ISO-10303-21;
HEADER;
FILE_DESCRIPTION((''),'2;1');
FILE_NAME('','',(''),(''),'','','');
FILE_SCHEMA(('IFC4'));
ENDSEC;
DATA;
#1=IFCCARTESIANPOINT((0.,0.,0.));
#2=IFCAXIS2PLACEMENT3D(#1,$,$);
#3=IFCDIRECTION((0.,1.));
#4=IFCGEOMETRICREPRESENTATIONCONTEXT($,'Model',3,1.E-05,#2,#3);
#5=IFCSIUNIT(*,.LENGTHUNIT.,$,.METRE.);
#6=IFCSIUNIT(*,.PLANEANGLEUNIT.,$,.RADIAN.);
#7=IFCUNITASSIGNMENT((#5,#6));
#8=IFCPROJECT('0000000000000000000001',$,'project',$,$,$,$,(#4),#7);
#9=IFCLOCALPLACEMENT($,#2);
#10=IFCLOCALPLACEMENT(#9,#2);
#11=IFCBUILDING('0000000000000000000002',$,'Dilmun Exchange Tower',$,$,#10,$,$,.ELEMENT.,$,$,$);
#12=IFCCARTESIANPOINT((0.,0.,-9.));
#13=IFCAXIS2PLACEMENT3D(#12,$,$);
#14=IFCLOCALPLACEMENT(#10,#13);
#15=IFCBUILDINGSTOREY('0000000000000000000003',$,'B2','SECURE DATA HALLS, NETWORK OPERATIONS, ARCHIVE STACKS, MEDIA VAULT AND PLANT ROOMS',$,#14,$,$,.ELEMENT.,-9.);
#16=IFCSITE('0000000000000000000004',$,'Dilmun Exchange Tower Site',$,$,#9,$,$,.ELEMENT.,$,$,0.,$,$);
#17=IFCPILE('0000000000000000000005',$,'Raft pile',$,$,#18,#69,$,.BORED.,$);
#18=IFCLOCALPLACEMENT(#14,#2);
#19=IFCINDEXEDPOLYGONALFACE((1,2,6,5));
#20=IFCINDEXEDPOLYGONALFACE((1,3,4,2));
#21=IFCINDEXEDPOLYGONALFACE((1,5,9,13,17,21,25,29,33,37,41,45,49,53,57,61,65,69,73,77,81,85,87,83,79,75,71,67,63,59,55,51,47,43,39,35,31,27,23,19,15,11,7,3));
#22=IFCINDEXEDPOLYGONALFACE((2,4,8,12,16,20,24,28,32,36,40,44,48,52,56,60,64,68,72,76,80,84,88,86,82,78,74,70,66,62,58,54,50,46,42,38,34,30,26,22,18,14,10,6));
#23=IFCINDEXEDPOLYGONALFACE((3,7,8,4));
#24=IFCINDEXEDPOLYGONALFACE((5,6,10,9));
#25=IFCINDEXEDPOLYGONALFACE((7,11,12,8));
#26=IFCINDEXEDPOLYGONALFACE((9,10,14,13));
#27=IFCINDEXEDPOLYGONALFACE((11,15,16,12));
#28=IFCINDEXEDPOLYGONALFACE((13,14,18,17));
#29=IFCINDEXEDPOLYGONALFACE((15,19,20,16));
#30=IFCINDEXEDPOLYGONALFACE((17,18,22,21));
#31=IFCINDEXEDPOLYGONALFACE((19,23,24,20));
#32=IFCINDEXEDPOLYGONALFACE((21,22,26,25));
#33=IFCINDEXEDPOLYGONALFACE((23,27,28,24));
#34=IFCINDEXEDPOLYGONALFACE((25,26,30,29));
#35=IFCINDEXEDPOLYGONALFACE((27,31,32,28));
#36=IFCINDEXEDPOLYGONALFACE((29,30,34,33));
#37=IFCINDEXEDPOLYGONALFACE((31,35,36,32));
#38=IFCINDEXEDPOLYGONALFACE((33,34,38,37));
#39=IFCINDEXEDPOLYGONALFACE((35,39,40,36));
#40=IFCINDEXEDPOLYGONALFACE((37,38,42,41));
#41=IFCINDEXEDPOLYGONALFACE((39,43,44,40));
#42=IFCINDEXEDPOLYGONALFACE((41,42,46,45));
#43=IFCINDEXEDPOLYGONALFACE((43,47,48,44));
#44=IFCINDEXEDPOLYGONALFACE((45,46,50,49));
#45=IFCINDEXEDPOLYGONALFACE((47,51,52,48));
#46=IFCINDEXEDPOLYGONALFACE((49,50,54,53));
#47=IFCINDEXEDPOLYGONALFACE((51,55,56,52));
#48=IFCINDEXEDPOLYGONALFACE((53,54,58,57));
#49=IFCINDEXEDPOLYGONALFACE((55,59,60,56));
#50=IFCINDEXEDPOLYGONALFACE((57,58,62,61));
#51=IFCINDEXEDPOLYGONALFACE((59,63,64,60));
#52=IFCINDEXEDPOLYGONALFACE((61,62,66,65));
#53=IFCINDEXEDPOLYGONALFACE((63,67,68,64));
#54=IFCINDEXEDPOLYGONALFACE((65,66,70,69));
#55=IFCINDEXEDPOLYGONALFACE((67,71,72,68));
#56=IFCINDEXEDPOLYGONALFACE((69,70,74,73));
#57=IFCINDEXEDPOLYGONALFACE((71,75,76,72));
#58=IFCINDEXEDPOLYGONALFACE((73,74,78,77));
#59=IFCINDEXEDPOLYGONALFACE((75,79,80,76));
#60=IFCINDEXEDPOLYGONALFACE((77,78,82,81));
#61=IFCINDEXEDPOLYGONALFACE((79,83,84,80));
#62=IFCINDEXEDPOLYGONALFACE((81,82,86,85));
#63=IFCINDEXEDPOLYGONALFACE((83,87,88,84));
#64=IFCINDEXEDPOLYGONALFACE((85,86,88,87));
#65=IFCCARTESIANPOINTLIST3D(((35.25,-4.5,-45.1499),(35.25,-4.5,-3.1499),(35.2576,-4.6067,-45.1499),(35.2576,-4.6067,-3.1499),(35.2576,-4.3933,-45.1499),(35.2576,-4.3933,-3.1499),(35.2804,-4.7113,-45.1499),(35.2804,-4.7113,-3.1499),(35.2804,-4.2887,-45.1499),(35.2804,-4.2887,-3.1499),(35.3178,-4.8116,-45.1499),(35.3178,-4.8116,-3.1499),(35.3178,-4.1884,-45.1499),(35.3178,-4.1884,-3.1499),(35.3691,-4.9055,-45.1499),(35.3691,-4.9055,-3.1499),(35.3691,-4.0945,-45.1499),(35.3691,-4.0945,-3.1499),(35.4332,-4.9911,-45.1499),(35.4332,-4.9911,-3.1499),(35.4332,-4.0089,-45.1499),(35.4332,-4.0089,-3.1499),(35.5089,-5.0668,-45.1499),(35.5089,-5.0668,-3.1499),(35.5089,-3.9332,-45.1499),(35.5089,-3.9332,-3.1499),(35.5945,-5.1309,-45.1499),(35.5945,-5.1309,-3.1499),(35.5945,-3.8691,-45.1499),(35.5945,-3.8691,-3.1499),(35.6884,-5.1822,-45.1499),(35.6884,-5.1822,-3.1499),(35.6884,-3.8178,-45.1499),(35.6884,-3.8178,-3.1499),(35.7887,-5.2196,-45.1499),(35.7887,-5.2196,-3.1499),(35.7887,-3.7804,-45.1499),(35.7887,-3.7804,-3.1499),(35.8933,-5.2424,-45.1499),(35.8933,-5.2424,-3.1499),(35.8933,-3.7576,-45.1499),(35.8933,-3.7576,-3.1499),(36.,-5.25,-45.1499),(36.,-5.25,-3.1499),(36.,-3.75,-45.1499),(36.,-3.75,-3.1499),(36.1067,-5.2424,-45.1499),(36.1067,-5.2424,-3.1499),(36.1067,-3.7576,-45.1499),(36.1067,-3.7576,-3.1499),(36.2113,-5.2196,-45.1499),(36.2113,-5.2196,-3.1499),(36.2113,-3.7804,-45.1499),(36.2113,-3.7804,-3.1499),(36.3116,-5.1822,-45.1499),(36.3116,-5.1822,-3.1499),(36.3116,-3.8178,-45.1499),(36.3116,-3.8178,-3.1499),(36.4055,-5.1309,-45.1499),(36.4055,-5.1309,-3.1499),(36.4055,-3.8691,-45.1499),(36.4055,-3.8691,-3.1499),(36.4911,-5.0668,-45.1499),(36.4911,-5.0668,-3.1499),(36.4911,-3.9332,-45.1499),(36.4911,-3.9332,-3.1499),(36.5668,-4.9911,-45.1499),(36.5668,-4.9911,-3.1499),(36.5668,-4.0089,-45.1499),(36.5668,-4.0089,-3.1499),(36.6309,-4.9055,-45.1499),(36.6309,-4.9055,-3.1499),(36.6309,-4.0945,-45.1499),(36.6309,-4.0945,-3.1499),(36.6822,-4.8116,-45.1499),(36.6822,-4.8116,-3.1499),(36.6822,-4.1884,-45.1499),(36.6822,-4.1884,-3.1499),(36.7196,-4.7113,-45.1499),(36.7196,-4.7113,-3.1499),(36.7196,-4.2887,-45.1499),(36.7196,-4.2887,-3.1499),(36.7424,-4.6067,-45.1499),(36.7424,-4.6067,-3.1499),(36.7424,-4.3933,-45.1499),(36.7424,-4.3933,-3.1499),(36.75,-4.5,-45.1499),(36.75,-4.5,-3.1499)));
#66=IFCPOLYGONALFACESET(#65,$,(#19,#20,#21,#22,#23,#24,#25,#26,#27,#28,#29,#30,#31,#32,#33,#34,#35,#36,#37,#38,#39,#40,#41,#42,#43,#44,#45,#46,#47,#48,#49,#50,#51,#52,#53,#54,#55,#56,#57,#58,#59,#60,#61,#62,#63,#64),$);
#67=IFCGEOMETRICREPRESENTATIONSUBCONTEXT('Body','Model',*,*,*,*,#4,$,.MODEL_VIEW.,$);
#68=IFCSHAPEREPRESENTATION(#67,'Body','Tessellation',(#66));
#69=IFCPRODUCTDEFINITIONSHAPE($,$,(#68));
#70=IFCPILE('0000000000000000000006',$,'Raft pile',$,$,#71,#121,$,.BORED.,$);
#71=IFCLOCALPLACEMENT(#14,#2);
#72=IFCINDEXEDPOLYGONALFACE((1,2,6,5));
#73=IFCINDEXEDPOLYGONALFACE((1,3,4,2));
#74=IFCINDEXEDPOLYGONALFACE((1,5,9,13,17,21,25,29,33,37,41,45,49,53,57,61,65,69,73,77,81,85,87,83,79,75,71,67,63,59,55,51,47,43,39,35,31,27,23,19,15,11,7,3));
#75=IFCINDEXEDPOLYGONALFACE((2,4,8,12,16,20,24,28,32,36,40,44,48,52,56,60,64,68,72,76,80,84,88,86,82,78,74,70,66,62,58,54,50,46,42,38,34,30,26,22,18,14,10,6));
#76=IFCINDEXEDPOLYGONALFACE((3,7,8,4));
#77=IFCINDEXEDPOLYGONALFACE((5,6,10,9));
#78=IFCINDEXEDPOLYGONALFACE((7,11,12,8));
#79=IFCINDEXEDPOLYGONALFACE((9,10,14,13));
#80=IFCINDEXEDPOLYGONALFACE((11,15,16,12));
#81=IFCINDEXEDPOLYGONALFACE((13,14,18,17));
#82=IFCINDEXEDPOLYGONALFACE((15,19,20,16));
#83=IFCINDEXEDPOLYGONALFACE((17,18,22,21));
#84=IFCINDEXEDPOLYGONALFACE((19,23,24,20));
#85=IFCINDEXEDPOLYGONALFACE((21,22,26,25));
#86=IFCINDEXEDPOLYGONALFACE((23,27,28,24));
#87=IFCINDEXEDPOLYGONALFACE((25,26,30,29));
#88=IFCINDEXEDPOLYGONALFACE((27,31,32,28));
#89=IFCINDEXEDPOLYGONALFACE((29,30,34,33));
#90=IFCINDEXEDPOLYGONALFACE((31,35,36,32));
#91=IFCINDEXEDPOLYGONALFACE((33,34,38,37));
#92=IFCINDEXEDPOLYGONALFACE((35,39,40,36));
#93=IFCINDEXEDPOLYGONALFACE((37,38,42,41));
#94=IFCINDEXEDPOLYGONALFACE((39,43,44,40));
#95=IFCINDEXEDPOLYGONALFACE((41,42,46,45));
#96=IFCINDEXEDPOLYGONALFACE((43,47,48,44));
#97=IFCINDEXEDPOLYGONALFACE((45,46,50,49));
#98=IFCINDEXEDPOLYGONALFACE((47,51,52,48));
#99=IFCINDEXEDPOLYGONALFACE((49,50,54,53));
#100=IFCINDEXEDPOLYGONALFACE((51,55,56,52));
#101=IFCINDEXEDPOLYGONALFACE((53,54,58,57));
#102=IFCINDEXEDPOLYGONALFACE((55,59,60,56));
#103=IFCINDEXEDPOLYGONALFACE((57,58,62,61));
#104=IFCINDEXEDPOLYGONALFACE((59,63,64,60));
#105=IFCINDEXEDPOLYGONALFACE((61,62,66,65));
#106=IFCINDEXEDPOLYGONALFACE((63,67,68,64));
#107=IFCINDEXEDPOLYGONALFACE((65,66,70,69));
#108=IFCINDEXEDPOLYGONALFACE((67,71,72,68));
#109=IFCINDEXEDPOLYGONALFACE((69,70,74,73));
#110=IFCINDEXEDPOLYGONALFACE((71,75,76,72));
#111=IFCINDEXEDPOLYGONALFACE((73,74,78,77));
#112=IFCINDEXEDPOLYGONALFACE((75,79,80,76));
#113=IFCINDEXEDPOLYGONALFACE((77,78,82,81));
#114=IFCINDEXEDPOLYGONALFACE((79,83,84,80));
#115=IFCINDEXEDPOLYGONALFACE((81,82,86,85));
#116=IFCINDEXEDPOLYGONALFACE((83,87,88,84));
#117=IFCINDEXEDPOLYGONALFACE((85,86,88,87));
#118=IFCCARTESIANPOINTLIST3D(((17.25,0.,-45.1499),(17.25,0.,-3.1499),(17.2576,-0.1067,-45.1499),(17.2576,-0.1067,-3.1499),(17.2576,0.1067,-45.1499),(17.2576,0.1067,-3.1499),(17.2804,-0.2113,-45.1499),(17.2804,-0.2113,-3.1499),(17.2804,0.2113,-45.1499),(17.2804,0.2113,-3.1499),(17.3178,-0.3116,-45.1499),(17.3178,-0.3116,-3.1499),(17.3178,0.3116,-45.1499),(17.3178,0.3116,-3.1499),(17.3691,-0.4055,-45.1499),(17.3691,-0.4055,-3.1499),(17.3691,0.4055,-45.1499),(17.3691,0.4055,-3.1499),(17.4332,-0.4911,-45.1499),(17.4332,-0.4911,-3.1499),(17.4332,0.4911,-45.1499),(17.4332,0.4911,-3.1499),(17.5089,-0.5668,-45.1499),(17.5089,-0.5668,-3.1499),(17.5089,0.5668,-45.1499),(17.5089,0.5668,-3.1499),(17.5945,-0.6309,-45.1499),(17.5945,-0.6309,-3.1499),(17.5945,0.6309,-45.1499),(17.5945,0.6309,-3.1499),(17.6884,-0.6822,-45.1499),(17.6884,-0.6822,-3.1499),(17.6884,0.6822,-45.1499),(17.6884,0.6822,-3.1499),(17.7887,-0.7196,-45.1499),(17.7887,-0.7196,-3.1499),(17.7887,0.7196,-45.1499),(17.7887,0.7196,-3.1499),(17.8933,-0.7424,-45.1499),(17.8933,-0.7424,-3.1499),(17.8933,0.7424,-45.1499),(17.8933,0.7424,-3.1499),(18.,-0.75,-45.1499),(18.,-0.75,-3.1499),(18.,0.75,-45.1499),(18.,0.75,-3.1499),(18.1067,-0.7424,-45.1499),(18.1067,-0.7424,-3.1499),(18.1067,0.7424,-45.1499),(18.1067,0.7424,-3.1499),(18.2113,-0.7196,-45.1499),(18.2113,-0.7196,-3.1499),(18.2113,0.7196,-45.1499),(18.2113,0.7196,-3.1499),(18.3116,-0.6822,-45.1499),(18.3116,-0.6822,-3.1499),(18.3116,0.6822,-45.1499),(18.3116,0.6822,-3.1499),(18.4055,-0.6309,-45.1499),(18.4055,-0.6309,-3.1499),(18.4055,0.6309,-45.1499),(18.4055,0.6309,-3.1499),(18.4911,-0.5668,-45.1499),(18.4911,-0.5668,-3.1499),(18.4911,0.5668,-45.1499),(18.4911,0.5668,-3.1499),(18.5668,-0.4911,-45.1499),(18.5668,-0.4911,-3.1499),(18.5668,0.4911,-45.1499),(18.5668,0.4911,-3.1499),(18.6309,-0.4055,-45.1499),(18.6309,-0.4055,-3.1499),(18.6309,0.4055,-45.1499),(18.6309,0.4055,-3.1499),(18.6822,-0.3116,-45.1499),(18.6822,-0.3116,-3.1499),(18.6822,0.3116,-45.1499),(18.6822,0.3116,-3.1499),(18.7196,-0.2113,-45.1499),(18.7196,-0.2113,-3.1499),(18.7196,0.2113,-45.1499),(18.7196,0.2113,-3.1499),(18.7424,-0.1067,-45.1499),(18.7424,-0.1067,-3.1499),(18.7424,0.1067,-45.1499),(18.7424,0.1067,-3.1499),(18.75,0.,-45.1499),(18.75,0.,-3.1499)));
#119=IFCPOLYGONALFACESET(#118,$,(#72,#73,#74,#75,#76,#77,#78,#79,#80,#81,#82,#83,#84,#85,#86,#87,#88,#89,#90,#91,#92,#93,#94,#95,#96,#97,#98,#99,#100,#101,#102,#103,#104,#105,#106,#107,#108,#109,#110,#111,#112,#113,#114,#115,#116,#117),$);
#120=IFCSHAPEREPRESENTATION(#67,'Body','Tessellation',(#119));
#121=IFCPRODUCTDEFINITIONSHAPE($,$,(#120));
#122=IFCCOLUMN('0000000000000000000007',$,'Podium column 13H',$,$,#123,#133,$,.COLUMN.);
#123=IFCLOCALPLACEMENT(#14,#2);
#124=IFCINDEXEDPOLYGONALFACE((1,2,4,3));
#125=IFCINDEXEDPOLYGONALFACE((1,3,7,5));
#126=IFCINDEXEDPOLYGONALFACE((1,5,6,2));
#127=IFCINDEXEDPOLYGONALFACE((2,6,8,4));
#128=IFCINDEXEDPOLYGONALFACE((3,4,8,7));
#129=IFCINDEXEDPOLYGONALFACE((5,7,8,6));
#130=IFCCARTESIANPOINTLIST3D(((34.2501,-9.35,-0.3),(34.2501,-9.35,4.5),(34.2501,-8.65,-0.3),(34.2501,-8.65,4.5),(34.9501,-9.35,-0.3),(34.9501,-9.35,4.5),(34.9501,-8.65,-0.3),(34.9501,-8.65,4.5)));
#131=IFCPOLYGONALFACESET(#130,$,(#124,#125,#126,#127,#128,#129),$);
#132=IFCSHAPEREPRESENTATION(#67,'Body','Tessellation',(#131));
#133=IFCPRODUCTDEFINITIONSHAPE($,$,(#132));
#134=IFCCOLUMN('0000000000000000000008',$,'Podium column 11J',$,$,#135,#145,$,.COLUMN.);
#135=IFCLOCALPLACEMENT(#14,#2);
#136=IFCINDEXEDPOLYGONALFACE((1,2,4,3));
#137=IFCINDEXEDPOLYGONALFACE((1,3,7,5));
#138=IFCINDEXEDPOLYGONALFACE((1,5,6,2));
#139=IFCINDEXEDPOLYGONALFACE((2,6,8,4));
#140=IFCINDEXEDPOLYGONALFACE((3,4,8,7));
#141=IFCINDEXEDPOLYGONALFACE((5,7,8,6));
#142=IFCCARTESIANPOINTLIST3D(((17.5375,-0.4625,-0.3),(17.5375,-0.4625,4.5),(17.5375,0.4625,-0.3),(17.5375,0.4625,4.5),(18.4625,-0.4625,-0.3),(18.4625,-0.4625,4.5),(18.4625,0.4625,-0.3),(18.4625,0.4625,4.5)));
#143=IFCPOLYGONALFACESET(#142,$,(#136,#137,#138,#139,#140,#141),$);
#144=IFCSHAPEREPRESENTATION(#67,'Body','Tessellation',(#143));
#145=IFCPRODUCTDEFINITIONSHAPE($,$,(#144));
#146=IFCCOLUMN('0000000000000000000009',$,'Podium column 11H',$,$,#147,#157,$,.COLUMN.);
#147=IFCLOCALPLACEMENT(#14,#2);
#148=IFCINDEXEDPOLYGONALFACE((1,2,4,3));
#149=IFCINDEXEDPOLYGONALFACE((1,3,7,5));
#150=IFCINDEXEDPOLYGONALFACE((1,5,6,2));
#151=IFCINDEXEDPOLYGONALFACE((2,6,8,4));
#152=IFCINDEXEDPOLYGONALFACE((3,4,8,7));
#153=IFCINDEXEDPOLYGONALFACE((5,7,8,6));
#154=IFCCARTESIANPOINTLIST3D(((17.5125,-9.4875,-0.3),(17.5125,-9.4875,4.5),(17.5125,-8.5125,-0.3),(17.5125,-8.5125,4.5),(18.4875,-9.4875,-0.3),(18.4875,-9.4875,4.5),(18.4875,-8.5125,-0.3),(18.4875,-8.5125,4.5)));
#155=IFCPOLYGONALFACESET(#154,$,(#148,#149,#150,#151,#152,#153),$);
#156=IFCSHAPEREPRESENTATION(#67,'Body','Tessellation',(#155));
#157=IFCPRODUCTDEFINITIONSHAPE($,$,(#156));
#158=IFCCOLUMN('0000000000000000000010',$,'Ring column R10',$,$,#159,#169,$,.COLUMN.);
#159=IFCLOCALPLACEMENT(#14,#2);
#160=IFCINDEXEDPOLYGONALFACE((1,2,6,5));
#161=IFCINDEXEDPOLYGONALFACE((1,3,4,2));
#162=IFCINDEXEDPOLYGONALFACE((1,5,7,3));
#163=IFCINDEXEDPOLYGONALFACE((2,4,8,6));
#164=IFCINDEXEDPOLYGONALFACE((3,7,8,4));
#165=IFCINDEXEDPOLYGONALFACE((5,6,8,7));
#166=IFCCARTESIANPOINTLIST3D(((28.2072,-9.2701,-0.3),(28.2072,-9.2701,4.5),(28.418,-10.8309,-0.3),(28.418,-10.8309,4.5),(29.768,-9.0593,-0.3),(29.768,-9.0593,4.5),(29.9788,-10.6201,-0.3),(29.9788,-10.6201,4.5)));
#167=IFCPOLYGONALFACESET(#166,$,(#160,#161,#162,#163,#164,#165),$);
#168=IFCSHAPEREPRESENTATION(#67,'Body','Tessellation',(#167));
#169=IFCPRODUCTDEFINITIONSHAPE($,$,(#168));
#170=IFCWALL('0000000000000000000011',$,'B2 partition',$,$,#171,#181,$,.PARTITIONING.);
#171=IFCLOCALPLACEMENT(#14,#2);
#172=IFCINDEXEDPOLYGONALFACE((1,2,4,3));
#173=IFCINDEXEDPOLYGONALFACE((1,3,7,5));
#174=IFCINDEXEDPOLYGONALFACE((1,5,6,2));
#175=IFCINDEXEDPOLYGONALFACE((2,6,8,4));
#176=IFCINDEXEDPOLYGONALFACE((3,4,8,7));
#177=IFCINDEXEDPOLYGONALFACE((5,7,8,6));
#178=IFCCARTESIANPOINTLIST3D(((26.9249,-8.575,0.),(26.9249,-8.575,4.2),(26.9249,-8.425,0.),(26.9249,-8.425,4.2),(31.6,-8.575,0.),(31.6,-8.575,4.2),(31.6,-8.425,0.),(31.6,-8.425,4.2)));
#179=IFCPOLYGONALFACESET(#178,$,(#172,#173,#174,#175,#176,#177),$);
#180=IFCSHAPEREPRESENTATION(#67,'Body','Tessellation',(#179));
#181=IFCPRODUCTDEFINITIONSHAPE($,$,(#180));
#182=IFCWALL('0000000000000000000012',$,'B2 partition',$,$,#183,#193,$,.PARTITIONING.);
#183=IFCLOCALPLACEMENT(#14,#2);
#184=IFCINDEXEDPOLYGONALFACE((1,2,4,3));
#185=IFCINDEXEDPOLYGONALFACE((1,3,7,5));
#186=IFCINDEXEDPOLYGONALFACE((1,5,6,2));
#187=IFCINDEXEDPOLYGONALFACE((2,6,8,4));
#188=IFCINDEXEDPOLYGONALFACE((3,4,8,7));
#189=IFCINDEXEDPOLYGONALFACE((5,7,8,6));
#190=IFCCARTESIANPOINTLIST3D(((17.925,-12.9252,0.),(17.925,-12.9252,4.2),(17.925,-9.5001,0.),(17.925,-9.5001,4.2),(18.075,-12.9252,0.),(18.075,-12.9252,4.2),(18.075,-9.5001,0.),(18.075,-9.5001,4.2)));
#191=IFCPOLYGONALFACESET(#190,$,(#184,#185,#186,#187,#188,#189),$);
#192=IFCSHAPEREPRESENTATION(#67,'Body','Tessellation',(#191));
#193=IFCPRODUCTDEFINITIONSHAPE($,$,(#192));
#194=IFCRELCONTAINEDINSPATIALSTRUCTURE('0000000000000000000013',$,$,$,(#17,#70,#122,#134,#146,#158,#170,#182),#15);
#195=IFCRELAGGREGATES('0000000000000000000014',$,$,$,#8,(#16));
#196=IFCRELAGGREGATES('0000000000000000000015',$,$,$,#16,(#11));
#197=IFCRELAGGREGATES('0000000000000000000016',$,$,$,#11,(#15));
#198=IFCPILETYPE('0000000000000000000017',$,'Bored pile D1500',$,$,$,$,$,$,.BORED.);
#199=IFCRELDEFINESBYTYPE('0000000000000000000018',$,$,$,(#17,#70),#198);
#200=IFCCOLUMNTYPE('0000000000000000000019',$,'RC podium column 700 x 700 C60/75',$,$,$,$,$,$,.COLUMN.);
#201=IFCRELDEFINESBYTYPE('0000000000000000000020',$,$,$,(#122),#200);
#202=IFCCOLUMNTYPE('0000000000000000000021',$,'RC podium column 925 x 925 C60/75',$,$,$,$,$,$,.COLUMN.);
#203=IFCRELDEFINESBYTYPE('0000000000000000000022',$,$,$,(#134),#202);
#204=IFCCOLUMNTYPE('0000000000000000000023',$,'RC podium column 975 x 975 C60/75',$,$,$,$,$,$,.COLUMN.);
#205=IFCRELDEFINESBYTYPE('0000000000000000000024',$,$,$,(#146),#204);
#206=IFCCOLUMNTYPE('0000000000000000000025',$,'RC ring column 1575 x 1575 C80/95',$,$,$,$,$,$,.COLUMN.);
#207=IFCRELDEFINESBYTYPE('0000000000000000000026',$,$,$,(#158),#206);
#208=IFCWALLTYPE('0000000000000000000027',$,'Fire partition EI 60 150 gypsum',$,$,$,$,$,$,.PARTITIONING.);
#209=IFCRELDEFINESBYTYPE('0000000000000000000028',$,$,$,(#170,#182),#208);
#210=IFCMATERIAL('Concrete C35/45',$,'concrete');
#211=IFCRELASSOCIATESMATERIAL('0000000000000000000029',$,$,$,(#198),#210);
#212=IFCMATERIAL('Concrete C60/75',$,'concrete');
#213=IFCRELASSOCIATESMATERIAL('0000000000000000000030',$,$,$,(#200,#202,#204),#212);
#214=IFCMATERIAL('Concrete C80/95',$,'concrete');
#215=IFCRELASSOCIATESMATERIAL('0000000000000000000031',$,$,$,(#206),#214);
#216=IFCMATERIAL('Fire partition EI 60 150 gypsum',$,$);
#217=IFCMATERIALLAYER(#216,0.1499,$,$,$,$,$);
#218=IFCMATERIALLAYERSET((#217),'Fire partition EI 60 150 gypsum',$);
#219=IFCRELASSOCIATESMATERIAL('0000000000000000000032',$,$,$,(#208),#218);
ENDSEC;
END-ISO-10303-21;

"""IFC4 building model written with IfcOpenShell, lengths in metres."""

from ifc_helpers import new_model, si_unit, direction, frame, frame_2d, origin, origin_2d, place, context, subcontext, project, spatial, rectangle, circle, extrude, material, layer, layer_set, material_profile, profile_set, type_object, element, save


model = new_model("IFC4")

# Units and contexts
model_context = context("Model", 3, precision=1e-05, world=origin(), true_north=direction((0.0, 1.0)))
body_context = subcontext(model_context, "Body", "Model", "MODEL_VIEW")
ifc_project = project(units=[si_unit("LENGTHUNIT", "METRE"), si_unit("PLANEANGLEUNIT", "RADIAN")], contexts=[model_context])

# Site, building, storey
site_placement = place(None, origin())
site = spatial("IfcSite", under=ifc_project, at=site_placement, Name="Dilmun Exchange Tower Site", CompositionType="ELEMENT", RefElevation=0.0)
building_placement = place(site_placement, origin())
building = spatial("IfcBuilding", under=site, at=building_placement, Name="Dilmun Exchange Tower", CompositionType="ELEMENT")
storey_placement = place(building_placement, frame((0.0, 0.0, -9.0)))
storey = spatial("IfcBuildingStorey", under=building, at=storey_placement, Name="B2", Description="SECURE DATA HALLS, NETWORK OPERATIONS, ARCHIVE STACKS, MEDIA VAULT AND PLANT ROOMS", CompositionType="ELEMENT", Elevation=-9.0)

# Piles
ifc_material_1 = material(Name="Concrete C35/45", Category="concrete")
ifc_material_profile_1 = material_profile(ifc_material_1, circle(Radius=0.75, at=origin_2d()), Name="D1500")
ifc_profile_set_1 = profile_set([ifc_material_profile_1], Name="Concrete C35/45")
pile_type = type_object("IfcPileType", Name="Bored pile D1500", PredefinedType="BORED", material=ifc_profile_set_1)
for number, where, z_axis, x_axis, name in (
    (1, (36.0, -4.5, -3.1499), (0.0, 0.0, -1.0), (1.0, 0.0, 0.0), "Raft pile"),
    (2, (18.0, 0.0, -3.1499), (0.0, 0.0, -1.0), (1.0, 0.0, 0.0), "Raft pile"),
):
    element("IfcPile", number, at=place(storey_placement, frame(where, z_axis=z_axis, x_axis=x_axis)), inside=storey, type_object=pile_type, Name=name, PredefinedType="BORED", context=body_context, shape_type="SweptSolid", body=[
        extrude(circle(Radius=0.75, at=origin_2d()), origin(), (0.0, 0.0, 1.0), 42.0),
    ])

# Columns
ifc_material_2 = material(Name="Concrete C60/75", Category="concrete")
ifc_material_profile_2 = material_profile(ifc_material_2, rectangle(XDim=0.7, YDim=0.7, at=origin_2d()), Name="700 x 700")
ifc_profile_set_2 = profile_set([ifc_material_profile_2], Name="Concrete C60/75")
column_type_1 = type_object("IfcColumnType", Name="RC podium column 700 x 700 C60/75", PredefinedType="COLUMN", material=ifc_profile_set_2)
column_1_placement = place(storey_placement, frame((34.6001, -9.0, -0.3), z_axis=(0.0, 0.0, 1.0), x_axis=(1.0, 0.0, 0.0)))
element("IfcColumn", 3, at=column_1_placement, inside=storey, type_object=column_type_1, Name="Podium column 13H", PredefinedType="COLUMN", context=body_context, shape_type="SweptSolid", body=[
    extrude(rectangle(XDim=0.7, YDim=0.7, at=origin_2d()), origin(), (0.0, 0.0, 1.0), 4.8),
])
ifc_material_profile_3 = material_profile(ifc_material_2, rectangle(XDim=0.925, YDim=0.925, at=origin_2d()), Name="925 x 925")
ifc_profile_set_3 = profile_set([ifc_material_profile_3], Name="Concrete C60/75")
column_type_2 = type_object("IfcColumnType", Name="RC podium column 925 x 925 C60/75", PredefinedType="COLUMN", material=ifc_profile_set_3)
column_2_placement = place(storey_placement, frame((18.0, 0.0, -0.3), z_axis=(0.0, 0.0, 1.0), x_axis=(1.0, 0.0, 0.0)))
element("IfcColumn", 4, at=column_2_placement, inside=storey, type_object=column_type_2, Name="Podium column 11J", PredefinedType="COLUMN", context=body_context, shape_type="SweptSolid", body=[
    extrude(rectangle(XDim=0.925, YDim=0.925, at=origin_2d()), origin(), (0.0, 0.0, 1.0), 4.8),
])
ifc_material_profile_4 = material_profile(ifc_material_2, rectangle(XDim=0.9751, YDim=0.9751, at=origin_2d()), Name="975 x 975")
ifc_profile_set_4 = profile_set([ifc_material_profile_4], Name="Concrete C60/75")
column_type_3 = type_object("IfcColumnType", Name="RC podium column 975 x 975 C60/75", PredefinedType="COLUMN", material=ifc_profile_set_4)
column_3_placement = place(storey_placement, frame((18.0, -9.0, -0.3), z_axis=(0.0, 0.0, 1.0), x_axis=(1.0, 0.0, 0.0)))
element("IfcColumn", 5, at=column_3_placement, inside=storey, type_object=column_type_3, Name="Podium column 11H", PredefinedType="COLUMN", context=body_context, shape_type="SweptSolid", body=[
    extrude(rectangle(XDim=0.9751, YDim=0.9751, at=origin_2d()), origin(), (0.0, 0.0, 1.0), 4.8),
])
ifc_material_3 = material(Name="Concrete C80/95", Category="concrete")
ifc_material_profile_5 = material_profile(ifc_material_3, rectangle(XDim=1.575, YDim=1.575, at=origin_2d()), Name="1575 x 1575")
ifc_profile_set_5 = profile_set([ifc_material_profile_5], Name="Concrete C80/95")
column_type_4 = type_object("IfcColumnType", Name="RC ring column 1575 x 1575 C80/95", PredefinedType="COLUMN", material=ifc_profile_set_5)
column_4_placement = place(storey_placement, frame((29.093, -9.9451, -0.3), z_axis=(0.0, 0.0, 1.0), x_axis=(0.991001, 0.133853, 0.0)))
element("IfcColumn", 6, at=column_4_placement, inside=storey, type_object=column_type_4, Name="Ring column R10", PredefinedType="COLUMN", context=body_context, shape_type="SweptSolid", body=[
    extrude(rectangle(XDim=1.575, YDim=1.575, at=origin_2d()), origin(), (0.0, 0.0, 1.0), 4.8),
])

# Walls
ifc_material_4 = material(Name="Fire partition EI 60 150 gypsum")
ifc_layer_1 = layer(ifc_material_4, 0.1499)
ifc_layer_set_1 = layer_set([ifc_layer_1], Name="Fire partition EI 60 150 gypsum")
wall_type_1 = type_object("IfcWallType", Name="Fire partition EI 60 150 gypsum", PredefinedType="PARTITIONING", material=ifc_layer_set_1)
wall_1_placement = place(storey_placement, frame((26.925, -8.5, 0.0), z_axis=(0.0, 0.0, 1.0), x_axis=(1.0, 0.0, 0.0)))
element("IfcWall", 7, at=wall_1_placement, inside=storey, type_object=wall_type_1, Name="B2 partition", PredefinedType="PARTITIONING", context=body_context, shape_type="SweptSolid", body=[
    extrude(rectangle(XDim=4.675, YDim=0.1499, at=frame_2d((2.3374, 0.0))), origin(), (0.0, 0.0, 1.0), 4.2),
])
wall_2_placement = place(storey_placement, frame((18.0, -12.925, 0.0), z_axis=(0.0, 0.0, 1.0), x_axis=(0.0, 1.0, 0.0)))
element("IfcWall", 8, at=wall_2_placement, inside=storey, type_object=wall_type_1, Name="B2 partition", PredefinedType="PARTITIONING", context=body_context, shape_type="SweptSolid", body=[
    extrude(rectangle(XDim=3.425, YDim=0.1499, at=frame_2d((1.7124, 0.0))), origin(), (0.0, 0.0, 1.0), 4.2),
])

save(model, "model.ifc")
